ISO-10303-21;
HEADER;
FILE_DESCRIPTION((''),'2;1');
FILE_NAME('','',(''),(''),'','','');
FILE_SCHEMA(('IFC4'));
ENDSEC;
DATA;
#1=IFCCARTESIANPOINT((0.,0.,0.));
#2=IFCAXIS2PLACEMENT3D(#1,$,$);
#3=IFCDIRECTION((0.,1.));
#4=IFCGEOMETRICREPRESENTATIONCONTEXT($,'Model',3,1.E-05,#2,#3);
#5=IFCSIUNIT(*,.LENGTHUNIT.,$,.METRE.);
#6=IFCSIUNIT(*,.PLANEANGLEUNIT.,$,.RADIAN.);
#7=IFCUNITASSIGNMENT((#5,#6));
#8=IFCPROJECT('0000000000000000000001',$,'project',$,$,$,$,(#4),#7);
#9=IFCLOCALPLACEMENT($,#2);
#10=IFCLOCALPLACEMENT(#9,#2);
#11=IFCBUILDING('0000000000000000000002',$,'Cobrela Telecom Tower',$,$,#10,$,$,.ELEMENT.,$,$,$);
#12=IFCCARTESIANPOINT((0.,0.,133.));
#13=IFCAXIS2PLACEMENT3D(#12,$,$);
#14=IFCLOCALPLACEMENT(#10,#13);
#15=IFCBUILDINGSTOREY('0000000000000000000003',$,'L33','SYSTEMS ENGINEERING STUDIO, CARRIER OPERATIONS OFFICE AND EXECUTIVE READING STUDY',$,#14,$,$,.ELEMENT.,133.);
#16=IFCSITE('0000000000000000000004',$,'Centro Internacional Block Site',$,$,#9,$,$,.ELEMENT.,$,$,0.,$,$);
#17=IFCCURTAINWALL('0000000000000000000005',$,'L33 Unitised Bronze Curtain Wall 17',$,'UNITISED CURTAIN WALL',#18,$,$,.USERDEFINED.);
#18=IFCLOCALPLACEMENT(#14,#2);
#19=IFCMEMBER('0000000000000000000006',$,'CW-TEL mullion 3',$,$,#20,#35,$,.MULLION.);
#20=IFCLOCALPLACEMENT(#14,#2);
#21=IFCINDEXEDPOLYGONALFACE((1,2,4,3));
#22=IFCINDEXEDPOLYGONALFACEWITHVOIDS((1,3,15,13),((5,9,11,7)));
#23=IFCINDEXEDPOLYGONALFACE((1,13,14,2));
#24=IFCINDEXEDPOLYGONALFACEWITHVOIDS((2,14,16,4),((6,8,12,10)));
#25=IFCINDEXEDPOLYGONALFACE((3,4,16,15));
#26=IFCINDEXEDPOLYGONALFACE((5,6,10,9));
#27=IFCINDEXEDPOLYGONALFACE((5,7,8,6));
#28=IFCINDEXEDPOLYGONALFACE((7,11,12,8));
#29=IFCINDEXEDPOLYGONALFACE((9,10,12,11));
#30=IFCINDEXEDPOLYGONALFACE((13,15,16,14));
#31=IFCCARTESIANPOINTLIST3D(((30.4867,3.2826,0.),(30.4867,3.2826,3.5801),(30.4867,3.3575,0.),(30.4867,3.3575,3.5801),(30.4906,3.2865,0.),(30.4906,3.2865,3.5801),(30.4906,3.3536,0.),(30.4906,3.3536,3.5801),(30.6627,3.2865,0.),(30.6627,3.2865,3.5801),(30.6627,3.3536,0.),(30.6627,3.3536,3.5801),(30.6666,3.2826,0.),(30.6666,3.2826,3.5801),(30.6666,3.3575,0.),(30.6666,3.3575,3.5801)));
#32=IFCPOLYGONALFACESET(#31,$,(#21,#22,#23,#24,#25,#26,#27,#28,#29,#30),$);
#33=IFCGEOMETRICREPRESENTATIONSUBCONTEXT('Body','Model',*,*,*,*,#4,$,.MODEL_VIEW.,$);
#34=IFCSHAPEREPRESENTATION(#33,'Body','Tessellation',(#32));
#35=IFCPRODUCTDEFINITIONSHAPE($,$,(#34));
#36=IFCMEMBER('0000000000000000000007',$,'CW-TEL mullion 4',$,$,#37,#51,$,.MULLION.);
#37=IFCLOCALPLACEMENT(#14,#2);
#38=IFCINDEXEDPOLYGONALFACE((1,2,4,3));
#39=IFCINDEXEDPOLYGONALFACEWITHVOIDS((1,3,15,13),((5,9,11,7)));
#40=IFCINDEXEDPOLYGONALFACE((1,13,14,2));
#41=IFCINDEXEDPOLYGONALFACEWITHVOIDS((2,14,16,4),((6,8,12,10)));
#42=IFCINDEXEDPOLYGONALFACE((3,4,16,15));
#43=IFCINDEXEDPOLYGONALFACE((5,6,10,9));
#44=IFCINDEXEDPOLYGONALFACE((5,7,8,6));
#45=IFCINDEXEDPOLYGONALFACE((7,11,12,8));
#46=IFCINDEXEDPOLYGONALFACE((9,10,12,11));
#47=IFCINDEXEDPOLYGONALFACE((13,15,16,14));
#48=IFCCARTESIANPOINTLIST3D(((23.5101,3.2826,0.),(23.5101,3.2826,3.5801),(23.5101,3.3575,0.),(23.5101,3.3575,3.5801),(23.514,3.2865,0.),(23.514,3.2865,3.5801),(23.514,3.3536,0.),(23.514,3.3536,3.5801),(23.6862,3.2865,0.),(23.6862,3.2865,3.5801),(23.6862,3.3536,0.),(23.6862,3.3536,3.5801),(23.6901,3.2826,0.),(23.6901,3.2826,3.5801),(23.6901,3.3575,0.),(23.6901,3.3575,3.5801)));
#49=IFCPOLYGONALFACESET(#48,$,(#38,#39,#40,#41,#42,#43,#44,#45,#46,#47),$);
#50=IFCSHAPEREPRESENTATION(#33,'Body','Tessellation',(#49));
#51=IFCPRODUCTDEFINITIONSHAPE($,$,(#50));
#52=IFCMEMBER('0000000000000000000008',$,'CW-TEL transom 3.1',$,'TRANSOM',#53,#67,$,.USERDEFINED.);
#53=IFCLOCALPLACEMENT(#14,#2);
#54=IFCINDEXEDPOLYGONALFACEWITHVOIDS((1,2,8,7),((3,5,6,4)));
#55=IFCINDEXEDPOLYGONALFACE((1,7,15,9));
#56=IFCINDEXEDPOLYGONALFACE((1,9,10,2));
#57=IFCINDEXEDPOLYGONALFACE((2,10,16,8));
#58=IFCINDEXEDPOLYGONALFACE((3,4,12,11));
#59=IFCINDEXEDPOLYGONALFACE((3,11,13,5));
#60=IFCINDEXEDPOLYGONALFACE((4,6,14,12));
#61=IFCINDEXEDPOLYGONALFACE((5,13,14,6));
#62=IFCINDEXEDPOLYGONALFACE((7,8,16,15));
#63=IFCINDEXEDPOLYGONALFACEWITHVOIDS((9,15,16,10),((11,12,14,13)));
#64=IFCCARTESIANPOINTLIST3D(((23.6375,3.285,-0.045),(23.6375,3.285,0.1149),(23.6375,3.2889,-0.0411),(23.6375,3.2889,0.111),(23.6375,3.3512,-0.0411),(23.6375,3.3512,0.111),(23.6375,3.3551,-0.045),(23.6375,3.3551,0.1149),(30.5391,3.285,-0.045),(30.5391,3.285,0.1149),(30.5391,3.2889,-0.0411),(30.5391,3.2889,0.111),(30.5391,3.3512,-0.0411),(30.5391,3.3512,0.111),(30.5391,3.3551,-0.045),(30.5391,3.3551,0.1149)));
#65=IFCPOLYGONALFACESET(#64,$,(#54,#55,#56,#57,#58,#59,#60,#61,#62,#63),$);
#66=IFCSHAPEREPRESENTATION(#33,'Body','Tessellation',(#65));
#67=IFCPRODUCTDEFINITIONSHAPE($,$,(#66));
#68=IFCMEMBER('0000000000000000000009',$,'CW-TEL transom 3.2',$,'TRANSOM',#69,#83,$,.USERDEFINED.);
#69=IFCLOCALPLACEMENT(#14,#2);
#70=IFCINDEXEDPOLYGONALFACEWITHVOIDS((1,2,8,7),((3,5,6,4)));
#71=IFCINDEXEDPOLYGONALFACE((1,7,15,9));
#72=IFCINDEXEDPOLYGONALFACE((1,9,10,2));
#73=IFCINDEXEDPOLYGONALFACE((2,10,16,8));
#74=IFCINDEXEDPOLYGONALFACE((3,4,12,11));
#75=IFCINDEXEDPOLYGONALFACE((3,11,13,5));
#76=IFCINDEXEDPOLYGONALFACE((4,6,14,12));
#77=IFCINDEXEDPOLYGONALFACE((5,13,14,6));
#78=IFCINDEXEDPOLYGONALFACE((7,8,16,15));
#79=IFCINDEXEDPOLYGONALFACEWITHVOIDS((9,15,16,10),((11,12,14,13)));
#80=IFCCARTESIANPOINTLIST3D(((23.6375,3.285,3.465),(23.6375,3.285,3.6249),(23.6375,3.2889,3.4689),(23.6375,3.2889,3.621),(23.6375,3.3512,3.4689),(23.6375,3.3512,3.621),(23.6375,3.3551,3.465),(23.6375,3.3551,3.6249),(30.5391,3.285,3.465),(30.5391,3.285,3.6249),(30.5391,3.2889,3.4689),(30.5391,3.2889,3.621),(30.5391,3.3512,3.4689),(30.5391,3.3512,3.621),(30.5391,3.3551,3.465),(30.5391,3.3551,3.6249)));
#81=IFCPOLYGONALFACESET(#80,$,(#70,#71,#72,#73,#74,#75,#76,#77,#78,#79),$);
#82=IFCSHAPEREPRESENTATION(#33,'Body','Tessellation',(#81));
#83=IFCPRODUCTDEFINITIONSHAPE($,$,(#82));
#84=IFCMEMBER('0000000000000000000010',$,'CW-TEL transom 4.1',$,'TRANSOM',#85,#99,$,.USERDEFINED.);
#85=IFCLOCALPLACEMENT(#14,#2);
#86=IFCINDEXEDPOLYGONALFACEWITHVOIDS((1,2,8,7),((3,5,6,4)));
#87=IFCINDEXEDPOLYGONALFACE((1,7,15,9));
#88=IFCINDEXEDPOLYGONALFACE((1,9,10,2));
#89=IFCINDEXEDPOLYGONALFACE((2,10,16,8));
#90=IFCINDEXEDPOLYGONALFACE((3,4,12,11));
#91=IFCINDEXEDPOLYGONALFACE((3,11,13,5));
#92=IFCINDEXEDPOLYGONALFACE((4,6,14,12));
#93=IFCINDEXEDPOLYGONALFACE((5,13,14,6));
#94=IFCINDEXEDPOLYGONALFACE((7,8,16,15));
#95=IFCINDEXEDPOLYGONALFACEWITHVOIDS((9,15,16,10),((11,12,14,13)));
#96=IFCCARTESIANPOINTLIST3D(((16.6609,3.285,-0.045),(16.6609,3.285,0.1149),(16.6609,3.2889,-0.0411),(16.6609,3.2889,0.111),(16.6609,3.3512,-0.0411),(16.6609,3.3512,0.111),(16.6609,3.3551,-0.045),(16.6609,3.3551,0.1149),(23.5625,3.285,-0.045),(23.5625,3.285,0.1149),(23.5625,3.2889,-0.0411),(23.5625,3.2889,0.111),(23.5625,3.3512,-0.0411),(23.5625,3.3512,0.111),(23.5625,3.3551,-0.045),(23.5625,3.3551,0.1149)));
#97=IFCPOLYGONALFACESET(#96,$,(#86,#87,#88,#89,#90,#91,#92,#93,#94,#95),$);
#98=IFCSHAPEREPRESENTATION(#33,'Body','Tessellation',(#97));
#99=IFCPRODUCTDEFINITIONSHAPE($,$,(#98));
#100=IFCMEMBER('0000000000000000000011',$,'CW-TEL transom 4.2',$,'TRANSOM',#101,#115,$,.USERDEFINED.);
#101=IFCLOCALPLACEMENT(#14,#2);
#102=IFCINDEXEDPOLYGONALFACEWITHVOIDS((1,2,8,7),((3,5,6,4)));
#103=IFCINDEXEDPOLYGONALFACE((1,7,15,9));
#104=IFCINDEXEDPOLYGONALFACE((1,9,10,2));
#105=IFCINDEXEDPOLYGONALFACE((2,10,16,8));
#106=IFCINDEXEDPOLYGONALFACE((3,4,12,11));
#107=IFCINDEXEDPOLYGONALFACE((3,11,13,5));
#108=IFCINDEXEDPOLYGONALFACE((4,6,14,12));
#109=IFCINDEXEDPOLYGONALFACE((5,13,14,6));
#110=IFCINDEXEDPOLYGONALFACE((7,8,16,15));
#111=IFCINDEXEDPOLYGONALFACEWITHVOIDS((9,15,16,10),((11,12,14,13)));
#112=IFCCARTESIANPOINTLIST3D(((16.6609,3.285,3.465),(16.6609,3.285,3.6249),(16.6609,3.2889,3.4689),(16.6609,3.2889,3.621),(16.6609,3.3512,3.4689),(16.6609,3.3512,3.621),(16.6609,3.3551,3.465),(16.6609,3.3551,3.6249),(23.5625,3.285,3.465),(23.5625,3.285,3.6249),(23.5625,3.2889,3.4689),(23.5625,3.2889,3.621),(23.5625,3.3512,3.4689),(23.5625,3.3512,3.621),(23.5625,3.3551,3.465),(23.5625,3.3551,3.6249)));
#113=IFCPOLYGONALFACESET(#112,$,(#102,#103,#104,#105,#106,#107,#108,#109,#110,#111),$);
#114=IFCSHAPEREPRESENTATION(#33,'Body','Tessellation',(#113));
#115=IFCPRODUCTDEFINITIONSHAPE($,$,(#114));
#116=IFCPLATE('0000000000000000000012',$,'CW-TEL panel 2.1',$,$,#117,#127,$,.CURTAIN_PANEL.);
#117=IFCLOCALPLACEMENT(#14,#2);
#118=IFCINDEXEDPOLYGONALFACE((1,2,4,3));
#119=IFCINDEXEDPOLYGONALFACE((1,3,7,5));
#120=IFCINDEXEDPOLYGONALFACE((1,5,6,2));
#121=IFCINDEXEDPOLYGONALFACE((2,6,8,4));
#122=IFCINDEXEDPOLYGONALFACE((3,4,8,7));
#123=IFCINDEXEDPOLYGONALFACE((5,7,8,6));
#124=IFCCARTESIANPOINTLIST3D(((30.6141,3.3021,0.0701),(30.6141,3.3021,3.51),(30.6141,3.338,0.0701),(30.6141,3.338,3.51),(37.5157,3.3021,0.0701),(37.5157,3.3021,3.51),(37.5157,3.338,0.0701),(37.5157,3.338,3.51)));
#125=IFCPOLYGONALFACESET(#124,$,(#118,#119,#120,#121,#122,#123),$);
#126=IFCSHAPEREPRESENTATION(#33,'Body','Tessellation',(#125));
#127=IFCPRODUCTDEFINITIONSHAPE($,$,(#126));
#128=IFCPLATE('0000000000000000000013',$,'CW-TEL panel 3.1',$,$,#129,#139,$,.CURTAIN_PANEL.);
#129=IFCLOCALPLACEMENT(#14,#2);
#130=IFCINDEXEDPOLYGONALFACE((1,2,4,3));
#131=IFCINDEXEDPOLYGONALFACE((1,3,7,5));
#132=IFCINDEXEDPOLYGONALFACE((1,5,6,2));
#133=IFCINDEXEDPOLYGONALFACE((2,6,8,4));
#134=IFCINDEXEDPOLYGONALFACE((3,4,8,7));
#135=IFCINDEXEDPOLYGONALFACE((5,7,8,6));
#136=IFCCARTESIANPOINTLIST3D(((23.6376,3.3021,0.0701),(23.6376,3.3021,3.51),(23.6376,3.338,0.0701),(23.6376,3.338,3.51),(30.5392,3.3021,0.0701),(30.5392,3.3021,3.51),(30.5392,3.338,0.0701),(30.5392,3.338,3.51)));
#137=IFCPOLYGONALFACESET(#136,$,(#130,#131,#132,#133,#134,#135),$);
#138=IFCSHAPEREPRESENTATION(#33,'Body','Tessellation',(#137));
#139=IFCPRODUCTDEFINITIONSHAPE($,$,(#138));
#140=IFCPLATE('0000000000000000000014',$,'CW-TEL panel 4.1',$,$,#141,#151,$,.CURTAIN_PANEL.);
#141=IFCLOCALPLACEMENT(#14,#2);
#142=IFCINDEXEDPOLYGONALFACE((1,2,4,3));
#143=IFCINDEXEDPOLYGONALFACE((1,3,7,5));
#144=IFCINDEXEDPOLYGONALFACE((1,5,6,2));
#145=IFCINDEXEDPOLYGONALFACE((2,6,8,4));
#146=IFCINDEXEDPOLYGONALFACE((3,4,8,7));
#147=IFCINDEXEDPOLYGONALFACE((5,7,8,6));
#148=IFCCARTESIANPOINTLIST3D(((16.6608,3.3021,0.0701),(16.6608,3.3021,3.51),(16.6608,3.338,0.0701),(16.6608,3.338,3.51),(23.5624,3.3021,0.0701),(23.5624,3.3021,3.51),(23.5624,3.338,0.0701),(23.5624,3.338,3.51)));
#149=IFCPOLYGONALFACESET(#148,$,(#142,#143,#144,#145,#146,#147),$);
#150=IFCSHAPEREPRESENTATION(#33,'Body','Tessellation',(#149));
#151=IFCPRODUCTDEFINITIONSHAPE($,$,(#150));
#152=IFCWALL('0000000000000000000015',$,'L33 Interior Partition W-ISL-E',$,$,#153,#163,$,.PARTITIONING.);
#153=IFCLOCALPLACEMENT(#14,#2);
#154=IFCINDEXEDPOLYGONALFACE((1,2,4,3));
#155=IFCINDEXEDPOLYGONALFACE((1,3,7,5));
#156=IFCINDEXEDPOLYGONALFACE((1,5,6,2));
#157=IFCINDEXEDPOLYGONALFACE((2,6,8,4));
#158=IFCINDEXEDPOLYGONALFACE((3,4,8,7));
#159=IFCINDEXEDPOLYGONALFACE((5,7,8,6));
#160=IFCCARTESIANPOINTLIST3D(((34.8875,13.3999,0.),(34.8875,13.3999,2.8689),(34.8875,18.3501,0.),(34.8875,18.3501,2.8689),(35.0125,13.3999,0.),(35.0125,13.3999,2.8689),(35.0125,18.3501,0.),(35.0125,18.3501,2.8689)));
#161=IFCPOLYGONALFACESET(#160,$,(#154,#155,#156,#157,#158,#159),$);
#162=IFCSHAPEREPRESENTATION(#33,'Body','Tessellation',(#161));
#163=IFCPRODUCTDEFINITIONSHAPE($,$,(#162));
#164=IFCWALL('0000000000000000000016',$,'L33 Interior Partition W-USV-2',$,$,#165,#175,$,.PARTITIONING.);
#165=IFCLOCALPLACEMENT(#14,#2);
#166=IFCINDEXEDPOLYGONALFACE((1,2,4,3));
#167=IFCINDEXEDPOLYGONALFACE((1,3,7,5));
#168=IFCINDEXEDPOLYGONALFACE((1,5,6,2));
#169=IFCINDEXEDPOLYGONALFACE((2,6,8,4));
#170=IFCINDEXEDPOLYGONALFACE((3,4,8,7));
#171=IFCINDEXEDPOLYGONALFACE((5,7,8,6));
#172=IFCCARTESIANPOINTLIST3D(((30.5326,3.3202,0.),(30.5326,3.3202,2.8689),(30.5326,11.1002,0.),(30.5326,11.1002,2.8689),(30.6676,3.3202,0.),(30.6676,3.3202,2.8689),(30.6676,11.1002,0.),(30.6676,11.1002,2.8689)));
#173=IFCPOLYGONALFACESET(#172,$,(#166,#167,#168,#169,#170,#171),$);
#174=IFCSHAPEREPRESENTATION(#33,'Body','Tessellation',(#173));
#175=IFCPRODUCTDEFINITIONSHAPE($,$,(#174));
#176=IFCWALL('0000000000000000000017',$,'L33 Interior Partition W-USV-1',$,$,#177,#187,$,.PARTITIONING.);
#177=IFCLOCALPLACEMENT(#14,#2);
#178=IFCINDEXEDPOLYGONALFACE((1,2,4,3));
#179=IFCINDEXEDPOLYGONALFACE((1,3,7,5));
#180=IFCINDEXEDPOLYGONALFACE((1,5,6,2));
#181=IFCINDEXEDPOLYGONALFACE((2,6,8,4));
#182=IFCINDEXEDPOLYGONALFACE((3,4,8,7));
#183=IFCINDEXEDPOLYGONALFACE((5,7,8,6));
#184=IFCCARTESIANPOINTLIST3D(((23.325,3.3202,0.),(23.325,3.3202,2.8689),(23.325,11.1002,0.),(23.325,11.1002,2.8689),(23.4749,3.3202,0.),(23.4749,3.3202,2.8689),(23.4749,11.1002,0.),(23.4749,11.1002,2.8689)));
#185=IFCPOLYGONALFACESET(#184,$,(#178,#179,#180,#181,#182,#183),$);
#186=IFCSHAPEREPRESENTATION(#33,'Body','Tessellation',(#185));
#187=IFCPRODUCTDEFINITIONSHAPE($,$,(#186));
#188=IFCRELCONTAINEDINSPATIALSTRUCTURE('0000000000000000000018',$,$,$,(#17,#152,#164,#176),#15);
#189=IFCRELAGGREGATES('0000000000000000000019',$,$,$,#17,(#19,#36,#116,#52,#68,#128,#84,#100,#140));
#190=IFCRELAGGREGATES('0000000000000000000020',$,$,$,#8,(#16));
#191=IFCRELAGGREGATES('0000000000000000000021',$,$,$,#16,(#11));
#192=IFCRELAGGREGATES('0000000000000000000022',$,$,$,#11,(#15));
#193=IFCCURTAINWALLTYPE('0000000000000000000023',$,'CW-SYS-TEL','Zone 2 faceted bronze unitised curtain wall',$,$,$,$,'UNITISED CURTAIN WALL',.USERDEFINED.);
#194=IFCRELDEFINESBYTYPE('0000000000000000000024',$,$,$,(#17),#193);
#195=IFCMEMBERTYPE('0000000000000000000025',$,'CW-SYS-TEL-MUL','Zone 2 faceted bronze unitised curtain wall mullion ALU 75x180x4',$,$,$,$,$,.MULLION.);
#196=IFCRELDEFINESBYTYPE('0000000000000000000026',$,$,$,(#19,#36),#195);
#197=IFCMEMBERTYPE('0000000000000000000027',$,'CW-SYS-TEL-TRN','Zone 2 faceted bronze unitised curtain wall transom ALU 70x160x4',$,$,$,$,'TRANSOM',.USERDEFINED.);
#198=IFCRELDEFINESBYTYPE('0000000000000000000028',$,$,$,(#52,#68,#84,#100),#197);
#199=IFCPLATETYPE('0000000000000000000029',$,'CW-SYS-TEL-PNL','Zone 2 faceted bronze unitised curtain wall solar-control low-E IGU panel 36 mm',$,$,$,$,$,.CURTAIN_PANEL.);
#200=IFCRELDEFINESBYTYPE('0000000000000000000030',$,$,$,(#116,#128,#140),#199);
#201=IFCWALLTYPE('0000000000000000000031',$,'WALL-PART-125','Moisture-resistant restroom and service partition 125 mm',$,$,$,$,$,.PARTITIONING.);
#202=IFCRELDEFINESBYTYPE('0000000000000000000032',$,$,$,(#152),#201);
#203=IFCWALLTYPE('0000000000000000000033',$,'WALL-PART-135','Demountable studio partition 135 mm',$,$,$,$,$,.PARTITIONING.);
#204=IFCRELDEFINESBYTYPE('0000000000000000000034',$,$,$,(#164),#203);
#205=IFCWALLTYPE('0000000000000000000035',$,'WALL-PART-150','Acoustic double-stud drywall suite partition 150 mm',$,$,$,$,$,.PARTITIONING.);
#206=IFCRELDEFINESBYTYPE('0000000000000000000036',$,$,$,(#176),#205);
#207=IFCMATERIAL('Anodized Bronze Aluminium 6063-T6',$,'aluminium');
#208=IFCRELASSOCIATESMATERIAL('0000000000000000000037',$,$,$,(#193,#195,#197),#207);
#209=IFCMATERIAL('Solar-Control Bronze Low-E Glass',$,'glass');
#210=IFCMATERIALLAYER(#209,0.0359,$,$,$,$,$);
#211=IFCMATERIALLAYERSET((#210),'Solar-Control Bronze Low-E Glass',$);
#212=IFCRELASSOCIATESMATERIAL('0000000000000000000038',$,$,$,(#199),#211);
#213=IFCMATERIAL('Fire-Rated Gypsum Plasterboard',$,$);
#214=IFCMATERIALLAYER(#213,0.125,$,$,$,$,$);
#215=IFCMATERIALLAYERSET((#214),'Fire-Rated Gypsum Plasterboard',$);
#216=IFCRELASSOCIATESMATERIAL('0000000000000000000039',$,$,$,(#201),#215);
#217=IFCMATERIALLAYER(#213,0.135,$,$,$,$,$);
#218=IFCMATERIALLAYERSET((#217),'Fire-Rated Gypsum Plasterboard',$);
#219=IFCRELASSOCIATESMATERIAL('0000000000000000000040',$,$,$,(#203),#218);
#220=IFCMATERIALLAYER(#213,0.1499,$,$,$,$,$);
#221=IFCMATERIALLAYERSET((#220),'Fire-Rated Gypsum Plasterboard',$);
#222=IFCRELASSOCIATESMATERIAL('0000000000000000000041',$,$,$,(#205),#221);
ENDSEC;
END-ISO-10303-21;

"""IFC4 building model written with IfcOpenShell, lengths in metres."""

from ifc_helpers import new_model, si_unit, direction, frame, frame_2d, origin, origin_2d, place, context, subcontext, project, spatial, rectangle, hollow_rectangle, extrude, material, layer, layer_set, material_profile, profile_set, type_object, element, aggregate, save


model = new_model("IFC4")

# Units and contexts
model_context = context("Model", 3, precision=1e-05, world=origin(), true_north=direction((0.0, 1.0)))
body_context = subcontext(model_context, "Body", "Model", "MODEL_VIEW")
ifc_project = project(units=[si_unit("LENGTHUNIT", "METRE"), si_unit("PLANEANGLEUNIT", "RADIAN")], contexts=[model_context])

# Site, building, storey
site_placement = place(None, origin())
site = spatial("IfcSite", under=ifc_project, at=site_placement, Name="Centro Internacional Block Site", CompositionType="ELEMENT", RefElevation=0.0)
building_placement = place(site_placement, origin())
building = spatial("IfcBuilding", under=site, at=building_placement, Name="Cobrela Telecom Tower", CompositionType="ELEMENT")
storey_placement = place(building_placement, frame((0.0, 0.0, 133.0)))
storey = spatial("IfcBuildingStorey", under=building, at=storey_placement, Name="L33", Description="SYSTEMS ENGINEERING STUDIO, CARRIER OPERATIONS OFFICE AND EXECUTIVE READING STUDY", CompositionType="ELEMENT", Elevation=133.0)

# Curtain wall, members, plates
ifc_material_1 = material(Name="Anodized Bronze Aluminium 6063-T6", Category="aluminium")
curtain_wall_type = type_object("IfcCurtainWallType", Name="CW-SYS-TEL", Description="Zone 2 faceted bronze unitised curtain wall", ElementType="UNITISED CURTAIN WALL", PredefinedType="USERDEFINED", material=ifc_material_1)
curtain_wall_placement = place(storey_placement, origin())
curtain_wall = element("IfcCurtainWall", 1, at=curtain_wall_placement, inside=storey, type_object=curtain_wall_type, Name="L33 Unitised Bronze Curtain Wall 17", ObjectType="UNITISED CURTAIN WALL", PredefinedType="USERDEFINED")
ifc_material_profile_1 = material_profile(ifc_material_1, hollow_rectangle(XDim=0.075, YDim=0.1799, WallThickness=0.0039, at=origin_2d()), Name="ALU 75x180x4")
ifc_profile_set_1 = profile_set([ifc_material_profile_1], Name="Anodized Bronze Aluminium 6063-T6")
member_type_1 = type_object("IfcMemberType", Name="CW-SYS-TEL-MUL", Description="Zone 2 faceted bronze unitised curtain wall mullion ALU 75x180x4", PredefinedType="MULLION", material=ifc_profile_set_1)
member_1_placement = place(storey_placement, frame((30.5767, 3.3201, 0.0), z_axis=(0.0, 0.0, 1.0), x_axis=(0.0, -1.0, 0.0)))
member_1 = element("IfcMember", 2, at=member_1_placement, type_object=member_type_1, Name="CW-TEL mullion 3", PredefinedType="MULLION", context=body_context, shape_type="SweptSolid", body=[
    extrude(hollow_rectangle(XDim=0.075, YDim=0.1799, WallThickness=0.0039, at=origin_2d()), origin(), (0.0, 0.0, 1.0), 3.5801),
])
member_2_placement = place(storey_placement, frame((23.6001, 3.3201, 0.0), z_axis=(0.0, 0.0, 1.0), x_axis=(0.0, -1.0, 0.0)))
member_2 = element("IfcMember", 3, at=member_2_placement, type_object=member_type_1, Name="CW-TEL mullion 4", PredefinedType="MULLION", context=body_context, shape_type="SweptSolid", body=[
    extrude(hollow_rectangle(XDim=0.075, YDim=0.1799, WallThickness=0.0039, at=origin_2d()), origin(), (0.0, 0.0, 1.0), 3.5801),
])
ifc_material_profile_2 = material_profile(ifc_material_1, hollow_rectangle(XDim=0.0701, YDim=0.1599, WallThickness=0.0039, at=origin_2d()), Name="ALU 70x160x4")
ifc_profile_set_2 = profile_set([ifc_material_profile_2], Name="Anodized Bronze Aluminium 6063-T6")
member_type_2 = type_object("IfcMemberType", Name="CW-SYS-TEL-TRN", Description="Zone 2 faceted bronze unitised curtain wall transom ALU 70x160x4", ElementType="TRANSOM", PredefinedType="USERDEFINED", material=ifc_profile_set_2)
member_3_placement = place(storey_placement, frame((30.5391, 3.3201, 0.0349), z_axis=(-1.0, 0.0, 0.0), x_axis=(0.0, -1.0, 0.0)))
member_3 = element("IfcMember", 4, at=member_3_placement, type_object=member_type_2, Name="CW-TEL transom 3.1", ObjectType="TRANSOM", PredefinedType="USERDEFINED", context=body_context, shape_type="SweptSolid", body=[
    extrude(hollow_rectangle(XDim=0.0701, YDim=0.1599, WallThickness=0.0039, at=origin_2d()), origin(), (0.0, 0.0, 1.0), 6.9016),
])
member_4_placement = place(storey_placement, frame((30.5391, 3.3201, 3.5449), z_axis=(-1.0, 0.0, 0.0), x_axis=(0.0, -1.0, 0.0)))
member_4 = element("IfcMember", 5, at=member_4_placement, type_object=member_type_2, Name="CW-TEL transom 3.2", ObjectType="TRANSOM", PredefinedType="USERDEFINED", context=body_context, shape_type="SweptSolid", body=[
    extrude(hollow_rectangle(XDim=0.0701, YDim=0.1599, WallThickness=0.0039, at=origin_2d()), origin(), (0.0, 0.0, 1.0), 6.9016),
])
member_5_placement = place(storey_placement, frame((23.5625, 3.3201, 0.0349), z_axis=(-1.0, 0.0, 0.0), x_axis=(0.0, -1.0, 0.0)))
member_5 = element("IfcMember", 6, at=member_5_placement, type_object=member_type_2, Name="CW-TEL transom 4.1", ObjectType="TRANSOM", PredefinedType="USERDEFINED", context=body_context, shape_type="SweptSolid", body=[
    extrude(hollow_rectangle(XDim=0.0701, YDim=0.1599, WallThickness=0.0039, at=origin_2d()), origin(), (0.0, 0.0, 1.0), 6.9016),
])
member_6_placement = place(storey_placement, frame((23.5625, 3.3201, 3.5449), z_axis=(-1.0, 0.0, 0.0), x_axis=(0.0, -1.0, 0.0)))
member_6 = element("IfcMember", 7, at=member_6_placement, type_object=member_type_2, Name="CW-TEL transom 4.2", ObjectType="TRANSOM", PredefinedType="USERDEFINED", context=body_context, shape_type="SweptSolid", body=[
    extrude(hollow_rectangle(XDim=0.0701, YDim=0.1599, WallThickness=0.0039, at=origin_2d()), origin(), (0.0, 0.0, 1.0), 6.9016),
])
ifc_material_2 = material(Name="Solar-Control Bronze Low-E Glass", Category="glass")
ifc_layer_1 = layer(ifc_material_2, 0.0359)
ifc_layer_set_1 = layer_set([ifc_layer_1], Name="Solar-Control Bronze Low-E Glass")
plate_type = type_object("IfcPlateType", Name="CW-SYS-TEL-PNL", Description="Zone 2 faceted bronze unitised curtain wall solar-control low-E IGU panel 36 mm", PredefinedType="CURTAIN_PANEL", material=ifc_layer_set_1)
plate_1_placement = place(storey_placement, frame((34.0649, 3.3201, 0.0701), z_axis=(0.0, 0.0, 1.0), x_axis=(-1.0, 0.0, 0.0)))
plate_1 = element("IfcPlate", 8, at=plate_1_placement, type_object=plate_type, Name="CW-TEL panel 2.1", PredefinedType="CURTAIN_PANEL", context=body_context, shape_type="SweptSolid", body=[
    extrude(rectangle(XDim=6.9016, YDim=0.0359, at=origin_2d()), origin(), (0.0, 0.0, 1.0), 3.4399),
])
plate_2_placement = place(storey_placement, frame((27.0884, 3.3201, 0.0701), z_axis=(0.0, 0.0, 1.0), x_axis=(-1.0, 0.0, 0.0)))
plate_2 = element("IfcPlate", 9, at=plate_2_placement, type_object=plate_type, Name="CW-TEL panel 3.1", PredefinedType="CURTAIN_PANEL", context=body_context, shape_type="SweptSolid", body=[
    extrude(rectangle(XDim=6.9016, YDim=0.0359, at=origin_2d()), origin(), (0.0, 0.0, 1.0), 3.4399),
])
plate_3_placement = place(storey_placement, frame((20.1116, 3.3201, 0.0701), z_axis=(0.0, 0.0, 1.0), x_axis=(-1.0, 0.0, 0.0)))
plate_3 = element("IfcPlate", 10, at=plate_3_placement, type_object=plate_type, Name="CW-TEL panel 4.1", PredefinedType="CURTAIN_PANEL", context=body_context, shape_type="SweptSolid", body=[
    extrude(rectangle(XDim=6.9016, YDim=0.0359, at=origin_2d()), origin(), (0.0, 0.0, 1.0), 3.4399),
])
aggregate(curtain_wall, [member_1, member_2, plate_1, member_3, member_4, plate_2, member_5, member_6, plate_3])

# Walls
ifc_material_3 = material(Name="Fire-Rated Gypsum Plasterboard")
ifc_layer_2 = layer(ifc_material_3, 0.125)
ifc_layer_set_2 = layer_set([ifc_layer_2], Name="Fire-Rated Gypsum Plasterboard")
wall_type_1 = type_object("IfcWallType", Name="WALL-PART-125", Description="Moisture-resistant restroom and service partition 125 mm", PredefinedType="PARTITIONING", material=ifc_layer_set_2)
wall_1_placement = place(storey_placement, frame((34.95, 13.3999, 0.0), z_axis=(0.0, 0.0, 1.0), x_axis=(0.0, 1.0, 0.0)))
element("IfcWall", 11, at=wall_1_placement, inside=storey, type_object=wall_type_1, Name="L33 Interior Partition W-ISL-E", PredefinedType="PARTITIONING", context=body_context, shape_type="SweptSolid", body=[
    extrude(rectangle(XDim=4.9502, YDim=0.125, at=frame_2d((2.4751, 0.0))), origin(), (0.0, 0.0, 1.0), 2.8689),
])
ifc_layer_3 = layer(ifc_material_3, 0.135)
ifc_layer_set_3 = layer_set([ifc_layer_3], Name="Fire-Rated Gypsum Plasterboard")
wall_type_2 = type_object("IfcWallType", Name="WALL-PART-135", Description="Demountable studio partition 135 mm", PredefinedType="PARTITIONING", material=ifc_layer_set_3)
wall_2_placement = place(storey_placement, frame((30.6001, 3.3201, 0.0), z_axis=(0.0, 0.0, 1.0), x_axis=(0.0, 1.0, 0.0)))
element("IfcWall", 12, at=wall_2_placement, inside=storey, type_object=wall_type_2, Name="L33 Interior Partition W-USV-2", PredefinedType="PARTITIONING", context=body_context, shape_type="SweptSolid", body=[
    extrude(rectangle(XDim=7.78, YDim=0.135, at=frame_2d((3.8901, 0.0))), origin(), (0.0, 0.0, 1.0), 2.8689),
])
ifc_layer_4 = layer(ifc_material_3, 0.1499)
ifc_layer_set_4 = layer_set([ifc_layer_4], Name="Fire-Rated Gypsum Plasterboard")
wall_type_3 = type_object("IfcWallType", Name="WALL-PART-150", Description="Acoustic double-stud drywall suite partition 150 mm", PredefinedType="PARTITIONING", material=ifc_layer_set_4)
wall_3_placement = place(storey_placement, frame((23.3999, 3.3201, 0.0), z_axis=(0.0, 0.0, 1.0), x_axis=(0.0, 1.0, 0.0)))
element("IfcWall", 13, at=wall_3_placement, inside=storey, type_object=wall_type_3, Name="L33 Interior Partition W-USV-1", PredefinedType="PARTITIONING", context=body_context, shape_type="SweptSolid", body=[
    extrude(rectangle(XDim=7.78, YDim=0.1499, at=frame_2d((3.8901, 0.0))), origin(), (0.0, 0.0, 1.0), 2.8689),
])

save(model, "model.ifc")
